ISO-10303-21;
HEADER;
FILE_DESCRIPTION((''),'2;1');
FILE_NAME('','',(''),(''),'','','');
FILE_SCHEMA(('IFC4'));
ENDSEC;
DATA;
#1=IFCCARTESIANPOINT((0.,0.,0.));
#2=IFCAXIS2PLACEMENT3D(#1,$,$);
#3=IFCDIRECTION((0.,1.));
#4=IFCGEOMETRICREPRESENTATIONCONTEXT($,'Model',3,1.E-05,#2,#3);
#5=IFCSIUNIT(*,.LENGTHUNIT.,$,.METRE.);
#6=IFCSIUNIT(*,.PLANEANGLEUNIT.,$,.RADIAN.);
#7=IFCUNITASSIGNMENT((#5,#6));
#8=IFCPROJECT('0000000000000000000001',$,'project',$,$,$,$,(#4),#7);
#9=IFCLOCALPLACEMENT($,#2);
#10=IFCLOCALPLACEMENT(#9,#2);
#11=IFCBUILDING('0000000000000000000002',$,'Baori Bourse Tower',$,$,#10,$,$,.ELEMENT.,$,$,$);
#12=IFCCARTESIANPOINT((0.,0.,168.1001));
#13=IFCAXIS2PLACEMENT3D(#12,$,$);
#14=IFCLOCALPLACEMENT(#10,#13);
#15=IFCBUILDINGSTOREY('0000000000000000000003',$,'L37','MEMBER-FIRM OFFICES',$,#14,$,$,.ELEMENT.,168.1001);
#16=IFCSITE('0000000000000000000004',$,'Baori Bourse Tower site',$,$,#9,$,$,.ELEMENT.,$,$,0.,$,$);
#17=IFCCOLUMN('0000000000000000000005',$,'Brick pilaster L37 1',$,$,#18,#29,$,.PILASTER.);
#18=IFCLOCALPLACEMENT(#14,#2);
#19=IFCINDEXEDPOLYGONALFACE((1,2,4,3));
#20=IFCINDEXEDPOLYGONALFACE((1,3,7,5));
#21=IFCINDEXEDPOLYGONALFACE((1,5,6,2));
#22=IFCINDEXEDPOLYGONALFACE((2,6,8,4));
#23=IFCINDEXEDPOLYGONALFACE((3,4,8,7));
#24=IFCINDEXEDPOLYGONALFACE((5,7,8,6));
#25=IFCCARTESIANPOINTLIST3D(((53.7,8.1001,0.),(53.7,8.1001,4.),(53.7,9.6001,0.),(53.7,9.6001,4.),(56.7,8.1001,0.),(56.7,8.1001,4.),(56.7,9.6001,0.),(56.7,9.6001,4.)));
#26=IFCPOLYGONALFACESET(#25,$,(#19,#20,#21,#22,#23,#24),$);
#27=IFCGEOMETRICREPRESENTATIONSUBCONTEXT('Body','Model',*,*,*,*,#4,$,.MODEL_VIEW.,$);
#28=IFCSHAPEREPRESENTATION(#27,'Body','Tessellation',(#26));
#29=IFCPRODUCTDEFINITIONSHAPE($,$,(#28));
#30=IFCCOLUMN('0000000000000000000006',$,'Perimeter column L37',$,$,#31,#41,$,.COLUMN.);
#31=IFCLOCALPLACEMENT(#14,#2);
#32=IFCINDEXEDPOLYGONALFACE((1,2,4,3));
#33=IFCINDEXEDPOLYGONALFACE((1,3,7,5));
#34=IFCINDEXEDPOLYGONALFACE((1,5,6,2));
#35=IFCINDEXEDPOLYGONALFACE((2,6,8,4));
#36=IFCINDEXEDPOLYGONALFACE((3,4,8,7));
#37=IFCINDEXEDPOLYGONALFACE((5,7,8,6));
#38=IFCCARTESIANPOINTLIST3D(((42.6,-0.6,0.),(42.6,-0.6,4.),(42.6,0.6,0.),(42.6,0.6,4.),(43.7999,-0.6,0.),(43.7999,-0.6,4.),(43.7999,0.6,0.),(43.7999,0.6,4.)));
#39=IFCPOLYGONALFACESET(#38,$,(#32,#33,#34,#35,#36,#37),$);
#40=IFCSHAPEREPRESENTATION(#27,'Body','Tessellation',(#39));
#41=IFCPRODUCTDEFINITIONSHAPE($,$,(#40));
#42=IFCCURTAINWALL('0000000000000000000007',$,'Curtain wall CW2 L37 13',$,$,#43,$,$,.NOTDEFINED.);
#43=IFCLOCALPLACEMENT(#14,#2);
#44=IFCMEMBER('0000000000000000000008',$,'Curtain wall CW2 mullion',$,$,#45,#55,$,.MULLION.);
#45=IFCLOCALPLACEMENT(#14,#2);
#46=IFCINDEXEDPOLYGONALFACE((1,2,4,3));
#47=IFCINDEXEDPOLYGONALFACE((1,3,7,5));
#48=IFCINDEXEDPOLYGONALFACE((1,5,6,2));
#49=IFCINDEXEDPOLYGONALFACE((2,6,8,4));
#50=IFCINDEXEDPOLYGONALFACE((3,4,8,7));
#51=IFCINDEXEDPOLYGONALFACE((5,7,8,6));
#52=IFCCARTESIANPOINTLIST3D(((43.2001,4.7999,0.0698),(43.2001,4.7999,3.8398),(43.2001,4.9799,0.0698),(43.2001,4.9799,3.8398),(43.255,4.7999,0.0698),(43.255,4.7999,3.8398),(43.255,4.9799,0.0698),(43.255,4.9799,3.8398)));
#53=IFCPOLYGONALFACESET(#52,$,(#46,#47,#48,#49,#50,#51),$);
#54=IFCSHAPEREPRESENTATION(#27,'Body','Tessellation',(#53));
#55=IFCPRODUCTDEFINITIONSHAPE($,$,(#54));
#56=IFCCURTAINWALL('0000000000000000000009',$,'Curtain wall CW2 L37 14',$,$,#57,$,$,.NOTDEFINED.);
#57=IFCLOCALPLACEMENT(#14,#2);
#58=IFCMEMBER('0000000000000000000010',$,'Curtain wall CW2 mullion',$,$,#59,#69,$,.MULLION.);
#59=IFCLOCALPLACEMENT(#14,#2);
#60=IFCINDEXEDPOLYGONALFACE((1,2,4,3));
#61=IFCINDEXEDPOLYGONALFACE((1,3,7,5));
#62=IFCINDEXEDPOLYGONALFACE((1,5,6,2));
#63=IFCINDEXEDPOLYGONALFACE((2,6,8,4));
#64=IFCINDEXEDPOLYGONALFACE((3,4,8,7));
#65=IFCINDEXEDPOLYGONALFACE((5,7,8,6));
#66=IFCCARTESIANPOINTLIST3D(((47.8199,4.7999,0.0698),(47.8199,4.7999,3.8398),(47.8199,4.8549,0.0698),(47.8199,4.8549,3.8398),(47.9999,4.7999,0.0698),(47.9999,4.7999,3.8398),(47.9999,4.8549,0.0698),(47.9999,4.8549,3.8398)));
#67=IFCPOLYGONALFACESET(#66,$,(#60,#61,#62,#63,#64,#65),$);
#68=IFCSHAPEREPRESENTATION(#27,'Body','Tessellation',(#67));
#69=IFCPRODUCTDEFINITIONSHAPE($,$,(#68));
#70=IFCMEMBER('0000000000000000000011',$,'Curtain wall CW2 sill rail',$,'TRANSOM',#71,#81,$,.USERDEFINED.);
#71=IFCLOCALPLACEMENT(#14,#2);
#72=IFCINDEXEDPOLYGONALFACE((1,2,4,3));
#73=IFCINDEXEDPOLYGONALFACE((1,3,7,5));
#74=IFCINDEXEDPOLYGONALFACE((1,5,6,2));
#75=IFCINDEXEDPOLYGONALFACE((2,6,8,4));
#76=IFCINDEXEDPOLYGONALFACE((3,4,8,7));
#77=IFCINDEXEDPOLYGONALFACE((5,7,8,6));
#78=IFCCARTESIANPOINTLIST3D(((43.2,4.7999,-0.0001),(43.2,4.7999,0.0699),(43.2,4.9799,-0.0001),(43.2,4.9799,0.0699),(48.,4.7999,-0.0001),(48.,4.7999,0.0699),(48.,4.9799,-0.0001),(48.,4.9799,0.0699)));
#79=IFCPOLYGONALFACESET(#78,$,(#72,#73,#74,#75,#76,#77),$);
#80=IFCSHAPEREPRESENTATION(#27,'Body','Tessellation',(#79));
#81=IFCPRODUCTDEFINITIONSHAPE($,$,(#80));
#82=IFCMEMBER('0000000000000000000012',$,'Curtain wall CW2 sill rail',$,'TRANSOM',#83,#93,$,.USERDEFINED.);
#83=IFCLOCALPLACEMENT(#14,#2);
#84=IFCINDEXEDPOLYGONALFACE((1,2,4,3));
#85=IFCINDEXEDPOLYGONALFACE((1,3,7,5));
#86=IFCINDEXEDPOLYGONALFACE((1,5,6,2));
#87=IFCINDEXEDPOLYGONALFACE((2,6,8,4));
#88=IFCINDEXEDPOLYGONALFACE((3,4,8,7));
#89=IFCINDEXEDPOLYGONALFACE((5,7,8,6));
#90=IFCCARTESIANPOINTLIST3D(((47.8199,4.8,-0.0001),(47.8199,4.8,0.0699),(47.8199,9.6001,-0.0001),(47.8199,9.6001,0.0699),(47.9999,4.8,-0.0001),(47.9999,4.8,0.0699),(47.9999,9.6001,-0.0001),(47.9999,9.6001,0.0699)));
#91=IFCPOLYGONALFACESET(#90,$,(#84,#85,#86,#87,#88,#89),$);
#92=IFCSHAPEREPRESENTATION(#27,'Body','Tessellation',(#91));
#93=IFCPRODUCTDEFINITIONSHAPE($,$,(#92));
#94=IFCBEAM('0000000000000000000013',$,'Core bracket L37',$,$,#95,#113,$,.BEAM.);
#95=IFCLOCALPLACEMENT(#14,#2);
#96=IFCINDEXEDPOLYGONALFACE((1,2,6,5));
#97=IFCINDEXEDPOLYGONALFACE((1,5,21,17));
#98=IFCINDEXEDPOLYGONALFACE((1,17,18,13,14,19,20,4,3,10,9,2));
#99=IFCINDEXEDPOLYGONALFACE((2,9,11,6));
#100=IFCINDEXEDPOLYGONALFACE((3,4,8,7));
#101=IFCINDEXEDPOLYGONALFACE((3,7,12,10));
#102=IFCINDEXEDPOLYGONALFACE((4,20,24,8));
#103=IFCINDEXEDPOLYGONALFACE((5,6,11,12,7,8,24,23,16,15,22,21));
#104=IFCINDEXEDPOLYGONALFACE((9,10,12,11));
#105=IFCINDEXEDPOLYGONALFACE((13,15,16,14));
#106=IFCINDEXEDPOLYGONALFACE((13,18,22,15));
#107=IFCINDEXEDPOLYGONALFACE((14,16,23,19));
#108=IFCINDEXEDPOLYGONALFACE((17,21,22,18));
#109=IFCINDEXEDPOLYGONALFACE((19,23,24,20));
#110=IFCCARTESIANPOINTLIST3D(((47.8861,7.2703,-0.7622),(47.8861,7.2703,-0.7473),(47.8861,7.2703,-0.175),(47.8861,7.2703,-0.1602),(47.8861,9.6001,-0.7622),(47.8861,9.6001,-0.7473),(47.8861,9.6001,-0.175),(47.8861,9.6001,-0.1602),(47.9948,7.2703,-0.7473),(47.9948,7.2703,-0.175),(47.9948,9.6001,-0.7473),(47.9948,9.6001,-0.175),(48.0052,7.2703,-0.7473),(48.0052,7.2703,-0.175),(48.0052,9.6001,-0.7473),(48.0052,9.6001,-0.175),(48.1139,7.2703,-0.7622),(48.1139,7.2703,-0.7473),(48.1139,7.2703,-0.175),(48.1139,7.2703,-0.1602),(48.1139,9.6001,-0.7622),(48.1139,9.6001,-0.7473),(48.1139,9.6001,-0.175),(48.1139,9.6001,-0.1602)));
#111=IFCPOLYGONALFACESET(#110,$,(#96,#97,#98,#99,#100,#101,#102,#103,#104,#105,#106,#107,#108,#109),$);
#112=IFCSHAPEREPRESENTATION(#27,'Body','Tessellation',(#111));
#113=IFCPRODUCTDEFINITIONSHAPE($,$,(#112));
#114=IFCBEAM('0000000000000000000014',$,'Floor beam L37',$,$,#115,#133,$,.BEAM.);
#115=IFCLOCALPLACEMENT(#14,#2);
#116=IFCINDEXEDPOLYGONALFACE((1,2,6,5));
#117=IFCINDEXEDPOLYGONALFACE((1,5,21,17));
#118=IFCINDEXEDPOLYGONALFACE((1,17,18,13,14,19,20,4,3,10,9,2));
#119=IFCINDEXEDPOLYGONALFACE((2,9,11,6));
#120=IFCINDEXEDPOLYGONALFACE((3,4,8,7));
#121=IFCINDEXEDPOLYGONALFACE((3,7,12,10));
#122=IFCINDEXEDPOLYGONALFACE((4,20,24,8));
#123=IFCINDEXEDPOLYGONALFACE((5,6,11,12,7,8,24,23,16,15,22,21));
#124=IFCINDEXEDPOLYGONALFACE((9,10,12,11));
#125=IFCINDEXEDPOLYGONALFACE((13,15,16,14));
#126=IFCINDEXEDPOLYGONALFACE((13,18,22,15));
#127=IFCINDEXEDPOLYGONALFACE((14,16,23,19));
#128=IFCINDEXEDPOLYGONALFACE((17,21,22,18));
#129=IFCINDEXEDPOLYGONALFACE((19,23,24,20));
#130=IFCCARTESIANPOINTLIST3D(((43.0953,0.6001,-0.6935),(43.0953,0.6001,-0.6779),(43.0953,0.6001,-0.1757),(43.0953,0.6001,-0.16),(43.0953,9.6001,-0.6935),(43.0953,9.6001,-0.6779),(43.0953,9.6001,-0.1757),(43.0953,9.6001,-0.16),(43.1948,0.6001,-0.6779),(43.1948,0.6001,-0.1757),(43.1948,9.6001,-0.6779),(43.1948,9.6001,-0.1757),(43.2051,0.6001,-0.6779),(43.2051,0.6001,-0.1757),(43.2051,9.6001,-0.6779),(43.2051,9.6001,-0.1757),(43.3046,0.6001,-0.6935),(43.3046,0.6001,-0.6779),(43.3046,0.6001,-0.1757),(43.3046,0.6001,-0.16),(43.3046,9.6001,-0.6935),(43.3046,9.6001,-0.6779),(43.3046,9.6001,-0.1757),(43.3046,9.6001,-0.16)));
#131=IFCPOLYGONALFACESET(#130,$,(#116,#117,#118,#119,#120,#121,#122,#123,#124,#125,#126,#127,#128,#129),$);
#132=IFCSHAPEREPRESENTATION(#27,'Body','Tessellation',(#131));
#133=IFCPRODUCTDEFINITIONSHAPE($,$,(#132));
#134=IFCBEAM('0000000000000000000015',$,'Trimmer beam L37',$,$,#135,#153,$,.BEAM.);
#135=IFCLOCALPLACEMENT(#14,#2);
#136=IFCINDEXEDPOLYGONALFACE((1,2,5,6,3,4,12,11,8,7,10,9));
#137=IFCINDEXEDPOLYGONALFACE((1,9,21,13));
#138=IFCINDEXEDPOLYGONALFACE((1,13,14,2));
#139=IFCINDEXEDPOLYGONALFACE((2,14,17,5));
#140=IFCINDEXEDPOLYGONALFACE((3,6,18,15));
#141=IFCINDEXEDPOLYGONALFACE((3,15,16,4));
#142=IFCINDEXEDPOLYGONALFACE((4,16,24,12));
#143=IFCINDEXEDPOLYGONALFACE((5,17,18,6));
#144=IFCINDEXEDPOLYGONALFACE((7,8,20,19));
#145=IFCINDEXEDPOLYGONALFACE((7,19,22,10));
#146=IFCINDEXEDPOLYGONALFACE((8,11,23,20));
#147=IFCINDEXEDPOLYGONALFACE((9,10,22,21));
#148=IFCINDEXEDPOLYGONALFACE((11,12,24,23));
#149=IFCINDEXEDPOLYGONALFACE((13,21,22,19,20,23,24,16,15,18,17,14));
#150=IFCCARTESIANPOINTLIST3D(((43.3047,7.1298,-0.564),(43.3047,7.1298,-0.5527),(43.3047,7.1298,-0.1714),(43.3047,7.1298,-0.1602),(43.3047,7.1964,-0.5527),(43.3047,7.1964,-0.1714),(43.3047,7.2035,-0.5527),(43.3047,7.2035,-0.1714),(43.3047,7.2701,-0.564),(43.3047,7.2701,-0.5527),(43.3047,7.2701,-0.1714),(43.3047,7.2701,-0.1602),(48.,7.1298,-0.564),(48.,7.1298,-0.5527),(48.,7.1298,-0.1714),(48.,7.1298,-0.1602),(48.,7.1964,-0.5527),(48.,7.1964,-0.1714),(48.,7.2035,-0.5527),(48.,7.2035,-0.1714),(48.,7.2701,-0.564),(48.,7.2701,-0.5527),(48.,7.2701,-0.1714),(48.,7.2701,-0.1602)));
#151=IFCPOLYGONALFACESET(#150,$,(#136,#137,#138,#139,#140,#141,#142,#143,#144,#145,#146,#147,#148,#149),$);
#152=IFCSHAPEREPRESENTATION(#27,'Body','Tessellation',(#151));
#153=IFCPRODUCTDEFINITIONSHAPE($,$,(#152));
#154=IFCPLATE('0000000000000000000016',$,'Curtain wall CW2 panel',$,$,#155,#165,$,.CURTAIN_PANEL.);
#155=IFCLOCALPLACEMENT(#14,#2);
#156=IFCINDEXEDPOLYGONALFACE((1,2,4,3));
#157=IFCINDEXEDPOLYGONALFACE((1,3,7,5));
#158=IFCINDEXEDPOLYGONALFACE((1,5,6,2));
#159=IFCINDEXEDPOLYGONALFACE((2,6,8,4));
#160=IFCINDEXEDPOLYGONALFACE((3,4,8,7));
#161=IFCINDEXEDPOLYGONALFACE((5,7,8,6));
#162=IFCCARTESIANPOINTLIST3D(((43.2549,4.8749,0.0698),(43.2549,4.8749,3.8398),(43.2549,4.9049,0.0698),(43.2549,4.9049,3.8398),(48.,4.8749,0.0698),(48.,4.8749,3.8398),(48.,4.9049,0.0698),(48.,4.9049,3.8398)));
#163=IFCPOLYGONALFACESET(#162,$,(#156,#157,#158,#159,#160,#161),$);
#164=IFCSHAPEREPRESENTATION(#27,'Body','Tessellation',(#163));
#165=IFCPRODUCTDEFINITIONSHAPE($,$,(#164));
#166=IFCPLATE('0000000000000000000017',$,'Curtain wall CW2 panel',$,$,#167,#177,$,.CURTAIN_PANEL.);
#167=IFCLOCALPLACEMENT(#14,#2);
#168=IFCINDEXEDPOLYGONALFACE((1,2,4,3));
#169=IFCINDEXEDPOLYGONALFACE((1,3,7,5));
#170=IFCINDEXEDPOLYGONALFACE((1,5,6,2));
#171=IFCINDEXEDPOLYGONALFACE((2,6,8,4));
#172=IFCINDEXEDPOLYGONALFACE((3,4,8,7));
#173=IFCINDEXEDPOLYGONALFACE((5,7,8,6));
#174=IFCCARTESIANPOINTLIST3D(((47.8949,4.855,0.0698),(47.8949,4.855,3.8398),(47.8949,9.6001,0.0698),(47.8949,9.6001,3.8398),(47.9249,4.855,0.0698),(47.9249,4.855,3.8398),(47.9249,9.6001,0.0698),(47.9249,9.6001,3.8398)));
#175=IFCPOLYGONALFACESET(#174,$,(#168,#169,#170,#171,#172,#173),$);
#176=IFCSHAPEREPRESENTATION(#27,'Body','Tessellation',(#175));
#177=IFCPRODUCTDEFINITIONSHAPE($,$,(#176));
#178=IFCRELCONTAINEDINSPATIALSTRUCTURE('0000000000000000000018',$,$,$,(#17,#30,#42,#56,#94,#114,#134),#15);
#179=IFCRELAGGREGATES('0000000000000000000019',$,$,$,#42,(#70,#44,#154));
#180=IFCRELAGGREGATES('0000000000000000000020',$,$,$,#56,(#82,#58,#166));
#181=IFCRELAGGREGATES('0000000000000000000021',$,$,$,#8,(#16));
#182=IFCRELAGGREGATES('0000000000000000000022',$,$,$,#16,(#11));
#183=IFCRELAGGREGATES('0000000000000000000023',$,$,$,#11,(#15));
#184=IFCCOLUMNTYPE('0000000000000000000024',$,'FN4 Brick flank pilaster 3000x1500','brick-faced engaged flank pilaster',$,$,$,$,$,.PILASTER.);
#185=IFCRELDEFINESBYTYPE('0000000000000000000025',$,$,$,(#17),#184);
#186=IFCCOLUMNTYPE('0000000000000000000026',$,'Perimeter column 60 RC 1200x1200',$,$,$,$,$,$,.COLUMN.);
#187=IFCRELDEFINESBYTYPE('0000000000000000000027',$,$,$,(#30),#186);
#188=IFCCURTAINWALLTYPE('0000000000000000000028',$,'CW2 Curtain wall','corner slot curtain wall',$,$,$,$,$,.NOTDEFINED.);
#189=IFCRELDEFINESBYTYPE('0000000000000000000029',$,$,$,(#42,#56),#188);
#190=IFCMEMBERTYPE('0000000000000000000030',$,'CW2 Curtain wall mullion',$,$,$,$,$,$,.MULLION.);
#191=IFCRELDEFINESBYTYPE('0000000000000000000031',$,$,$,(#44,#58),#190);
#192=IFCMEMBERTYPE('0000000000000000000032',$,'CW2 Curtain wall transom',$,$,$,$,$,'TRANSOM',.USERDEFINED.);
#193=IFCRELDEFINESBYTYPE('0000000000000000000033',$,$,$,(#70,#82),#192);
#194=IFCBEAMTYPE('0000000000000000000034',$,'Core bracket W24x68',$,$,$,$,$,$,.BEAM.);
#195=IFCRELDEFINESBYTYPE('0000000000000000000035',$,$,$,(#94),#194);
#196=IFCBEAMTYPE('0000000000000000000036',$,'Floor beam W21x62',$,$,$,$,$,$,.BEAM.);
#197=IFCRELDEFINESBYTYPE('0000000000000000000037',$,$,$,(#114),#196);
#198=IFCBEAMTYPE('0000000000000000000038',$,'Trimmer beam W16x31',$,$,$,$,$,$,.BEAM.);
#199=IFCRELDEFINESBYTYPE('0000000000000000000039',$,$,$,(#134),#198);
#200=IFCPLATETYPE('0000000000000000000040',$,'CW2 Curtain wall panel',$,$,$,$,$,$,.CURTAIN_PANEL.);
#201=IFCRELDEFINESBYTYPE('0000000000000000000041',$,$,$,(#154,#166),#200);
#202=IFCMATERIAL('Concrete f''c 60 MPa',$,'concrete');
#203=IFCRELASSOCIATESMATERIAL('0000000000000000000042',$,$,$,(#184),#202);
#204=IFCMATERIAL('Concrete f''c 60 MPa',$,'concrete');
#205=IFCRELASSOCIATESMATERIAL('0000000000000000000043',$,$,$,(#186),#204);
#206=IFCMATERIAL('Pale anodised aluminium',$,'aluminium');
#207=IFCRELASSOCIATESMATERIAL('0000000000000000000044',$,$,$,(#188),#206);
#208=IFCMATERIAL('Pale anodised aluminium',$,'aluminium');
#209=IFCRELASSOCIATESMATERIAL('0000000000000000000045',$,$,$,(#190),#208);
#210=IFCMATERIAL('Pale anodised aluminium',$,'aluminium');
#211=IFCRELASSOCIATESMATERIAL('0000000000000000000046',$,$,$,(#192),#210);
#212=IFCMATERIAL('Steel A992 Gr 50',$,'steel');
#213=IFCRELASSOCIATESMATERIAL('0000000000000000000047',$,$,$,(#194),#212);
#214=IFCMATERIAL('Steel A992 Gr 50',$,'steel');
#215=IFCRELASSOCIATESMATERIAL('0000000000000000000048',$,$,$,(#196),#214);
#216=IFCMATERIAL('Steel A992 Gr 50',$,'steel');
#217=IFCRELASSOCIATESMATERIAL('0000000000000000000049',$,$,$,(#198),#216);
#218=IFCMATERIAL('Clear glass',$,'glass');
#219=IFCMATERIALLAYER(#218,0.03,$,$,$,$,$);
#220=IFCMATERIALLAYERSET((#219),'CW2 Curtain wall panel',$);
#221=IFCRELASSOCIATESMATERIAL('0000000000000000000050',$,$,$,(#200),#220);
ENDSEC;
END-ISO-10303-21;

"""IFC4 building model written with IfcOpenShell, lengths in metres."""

from ifc_helpers import new_model, si_unit, direction, frame, origin, origin_2d, place, context, subcontext, project, spatial, rectangle, i_section, extrude, material, layer, layer_set, material_profile, profile_set, type_object, element, aggregate, save


model = new_model("IFC4")

# Units and contexts
model_context = context("Model", 3, precision=1e-05, world=origin(), true_north=direction((0.0, 1.0)))
body_context = subcontext(model_context, "Body", "Model", "MODEL_VIEW")
ifc_project = project(units=[si_unit("LENGTHUNIT", "METRE"), si_unit("PLANEANGLEUNIT", "RADIAN")], contexts=[model_context])

# Site, building, storey
site_placement = place(None, origin())
site = spatial("IfcSite", under=ifc_project, at=site_placement, Name="Baori Bourse Tower site", CompositionType="ELEMENT", RefElevation=0.0)
building_placement = place(site_placement, origin())
building = spatial("IfcBuilding", under=site, at=building_placement, Name="Baori Bourse Tower", CompositionType="ELEMENT")
storey_placement = place(building_placement, frame((0.0, 0.0, 168.1001)))
storey = spatial("IfcBuildingStorey", under=building, at=storey_placement, Name="L37", Description="MEMBER-FIRM OFFICES", CompositionType="ELEMENT", Elevation=168.1001)

# Columns
ifc_material_1 = material(Name="Concrete f'c 60 MPa", Category="concrete")
ifc_material_profile_1 = material_profile(ifc_material_1, rectangle(XDim=3.0, YDim=1.5, at=origin_2d()), Name="RC 3000x1500")
ifc_profile_set_1 = profile_set([ifc_material_profile_1], Name="Concrete f'c 60 MPa")
column_type_1 = type_object("IfcColumnType", Name="FN4 Brick flank pilaster 3000x1500", Description="brick-faced engaged flank pilaster", PredefinedType="PILASTER", material=ifc_profile_set_1)
column_1_placement = place(storey_placement, frame((55.2, 8.8501, 0.0), z_axis=(0.0, 0.0, 1.0), x_axis=(1.0, 0.0, 0.0)))
element("IfcColumn", 1, at=column_1_placement, inside=storey, type_object=column_type_1, Name="Brick pilaster L37 1", PredefinedType="PILASTER", context=body_context, shape_type="SweptSolid", body=[
    extrude(rectangle(XDim=3.0, YDim=1.5, at=origin_2d()), origin(), (0.0, 0.0, 1.0), 4.0),
])
ifc_material_2 = material(Name="Concrete f'c 60 MPa", Category="concrete")
ifc_material_profile_2 = material_profile(ifc_material_2, rectangle(XDim=1.2, YDim=1.2, at=origin_2d()), Name="RC 1200x1200")
ifc_profile_set_2 = profile_set([ifc_material_profile_2], Name="Concrete f'c 60 MPa")
column_type_2 = type_object("IfcColumnType", Name="Perimeter column 60 RC 1200x1200", PredefinedType="COLUMN", material=ifc_profile_set_2)
column_2_placement = place(storey_placement, frame((43.2, 0.0, 0.0), z_axis=(0.0, 0.0, 1.0), x_axis=(1.0, 0.0, 0.0)))
element("IfcColumn", 2, at=column_2_placement, inside=storey, type_object=column_type_2, Name="Perimeter column L37", PredefinedType="COLUMN", context=body_context, shape_type="SweptSolid", body=[
    extrude(rectangle(XDim=1.2, YDim=1.2, at=origin_2d()), origin(), (0.0, 0.0, 1.0), 4.0),
])

# Curtain walls, members
ifc_material_3 = material(Name="Pale anodised aluminium", Category="aluminium")
curtain_wall_type = type_object("IfcCurtainWallType", Name="CW2 Curtain wall", Description="corner slot curtain wall", PredefinedType="NOTDEFINED", material=ifc_material_3)
curtain_wall_1_placement = place(storey_placement, origin())
curtain_wall_1 = element("IfcCurtainWall", 3, at=curtain_wall_1_placement, inside=storey, type_object=curtain_wall_type, Name="Curtain wall CW2 L37 13", PredefinedType="NOTDEFINED")
ifc_material_4 = material(Name="Pale anodised aluminium", Category="aluminium")
ifc_material_profile_3 = material_profile(ifc_material_4, rectangle(XDim=0.1799, YDim=0.0549, at=origin_2d()), Name="Mullion 55x180")
ifc_profile_set_3 = profile_set([ifc_material_profile_3], Name="Pale anodised aluminium")
member_type_1 = type_object("IfcMemberType", Name="CW2 Curtain wall mullion", PredefinedType="MULLION", material=ifc_profile_set_3)
member_1_placement = place(storey_placement, frame((43.2275, 4.8899, 0.0698), z_axis=(0.0, 0.0, 1.0), x_axis=(0.0, 1.0, 0.0)))
member_1 = element("IfcMember", 4, at=member_1_placement, type_object=member_type_1, Name="Curtain wall CW2 mullion", PredefinedType="MULLION", context=body_context, shape_type="SweptSolid", body=[
    extrude(rectangle(XDim=0.1799, YDim=0.0549, at=origin_2d()), origin(), (0.0, 0.0, 1.0), 3.77),
])
curtain_wall_2_placement = place(storey_placement, origin())
curtain_wall_2 = element("IfcCurtainWall", 5, at=curtain_wall_2_placement, inside=storey, type_object=curtain_wall_type, Name="Curtain wall CW2 L37 14", PredefinedType="NOTDEFINED")
member_2_placement = place(storey_placement, frame((47.9099, 4.8274, 0.0698), z_axis=(0.0, 0.0, 1.0), x_axis=(-1.0, 0.0, 0.0)))
member_2 = element("IfcMember", 6, at=member_2_placement, type_object=member_type_1, Name="Curtain wall CW2 mullion", PredefinedType="MULLION", context=body_context, shape_type="SweptSolid", body=[
    extrude(rectangle(XDim=0.1799, YDim=0.0549, at=origin_2d()), origin(), (0.0, 0.0, 1.0), 3.77),
])

# Members
ifc_material_5 = material(Name="Pale anodised aluminium", Category="aluminium")
ifc_material_profile_4 = material_profile(ifc_material_5, rectangle(XDim=0.1799, YDim=0.0701, at=origin_2d()), Name="Transom 70x180")
ifc_profile_set_4 = profile_set([ifc_material_profile_4], Name="Pale anodised aluminium")
member_type_2 = type_object("IfcMemberType", Name="CW2 Curtain wall transom", ElementType="TRANSOM", PredefinedType="USERDEFINED", material=ifc_profile_set_4)
member_3_placement = place(storey_placement, frame((43.2, 4.8899, 0.0349), z_axis=(1.0, 0.0, 0.0), x_axis=(0.0, 1.0, 0.0)))
member_3 = element("IfcMember", 7, at=member_3_placement, type_object=member_type_2, Name="Curtain wall CW2 sill rail", ObjectType="TRANSOM", PredefinedType="USERDEFINED", context=body_context, shape_type="SweptSolid", body=[
    extrude(rectangle(XDim=0.1799, YDim=0.0701, at=origin_2d()), origin(), (0.0, 0.0, 1.0), 4.8),
])
member_4_placement = place(storey_placement, frame((47.9099, 4.8, 0.0349), z_axis=(0.0, 1.0, 0.0), x_axis=(-1.0, 0.0, 0.0)))
member_4 = element("IfcMember", 8, at=member_4_placement, type_object=member_type_2, Name="Curtain wall CW2 sill rail", ObjectType="TRANSOM", PredefinedType="USERDEFINED", context=body_context, shape_type="SweptSolid", body=[
    extrude(rectangle(XDim=0.1799, YDim=0.0701, at=origin_2d()), origin(), (0.0, 0.0, 1.0), 4.8),
])

# Beams
ifc_material_6 = material(Name="Steel A992 Gr 50", Category="steel")
ifc_material_profile_5 = material_profile(ifc_material_6, i_section(OverallWidth=0.2278, OverallDepth=0.6021, WebThickness=0.0105, FlangeThickness=0.0149, at=origin_2d()), Name="W24x68")
ifc_profile_set_5 = profile_set([ifc_material_profile_5], Name="Steel A992 Gr 50")
beam_type_1 = type_object("IfcBeamType", Name="Core bracket W24x68", PredefinedType="BEAM", material=ifc_profile_set_5)
beam_1_placement = place(storey_placement, frame((48.0, 7.2703, -0.4612), z_axis=(0.0, 1.0, 0.0), x_axis=(-1.0, 0.0, 0.0)))
element("IfcBeam", 9, at=beam_1_placement, inside=storey, type_object=beam_type_1, Name="Core bracket L37", PredefinedType="BEAM", context=body_context, shape_type="SweptSolid", body=[
    extrude(i_section(OverallWidth=0.2278, OverallDepth=0.6021, WebThickness=0.0105, FlangeThickness=0.0149, at=origin_2d()), origin(), (0.0, 0.0, 1.0), 2.3298),
])
ifc_material_7 = material(Name="Steel A992 Gr 50", Category="steel")
ifc_material_profile_6 = material_profile(ifc_material_7, i_section(OverallWidth=0.2092, OverallDepth=0.5334, WebThickness=0.0103, FlangeThickness=0.0156, at=origin_2d()), Name="W21x62")
ifc_profile_set_6 = profile_set([ifc_material_profile_6], Name="Steel A992 Gr 50")
beam_type_2 = type_object("IfcBeamType", Name="Floor beam W21x62", PredefinedType="BEAM", material=ifc_profile_set_6)
beam_2_placement = place(storey_placement, frame((43.2, 0.6001, -0.4268), z_axis=(0.0, 1.0, 0.0), x_axis=(-1.0, 0.0, 0.0)))
element("IfcBeam", 10, at=beam_2_placement, inside=storey, type_object=beam_type_2, Name="Floor beam L37", PredefinedType="BEAM", context=body_context, shape_type="SweptSolid", body=[
    extrude(i_section(OverallWidth=0.2092, OverallDepth=0.5334, WebThickness=0.0103, FlangeThickness=0.0156, at=origin_2d()), origin(), (0.0, 0.0, 1.0), 9.0),
])
ifc_material_8 = material(Name="Steel A992 Gr 50", Category="steel")
ifc_material_profile_7 = material_profile(ifc_material_8, i_section(OverallWidth=0.1404, OverallDepth=0.4038, WebThickness=0.0071, FlangeThickness=0.0112, at=origin_2d()), Name="W16x31")
ifc_profile_set_7 = profile_set([ifc_material_profile_7], Name="Steel A992 Gr 50")
beam_type_3 = type_object("IfcBeamType", Name="Trimmer beam W16x31", PredefinedType="BEAM", material=ifc_profile_set_7)
beam_3_placement = place(storey_placement, frame((43.3047, 7.2, -0.3621), z_axis=(1.0, 0.0, 0.0), x_axis=(0.0, 1.0, 0.0)))
element("IfcBeam", 11, at=beam_3_placement, inside=storey, type_object=beam_type_3, Name="Trimmer beam L37", PredefinedType="BEAM", context=body_context, shape_type="SweptSolid", body=[
    extrude(i_section(OverallWidth=0.1404, OverallDepth=0.4038, WebThickness=0.0071, FlangeThickness=0.0112, at=origin_2d()), origin(), (0.0, 0.0, 1.0), 4.6953),
])

# Plates
ifc_material_9 = material(Name="Clear glass", Category="glass")
ifc_layer_1 = layer(ifc_material_9, 0.03)
ifc_layer_set_1 = layer_set([ifc_layer_1], Name="CW2 Curtain wall panel")
plate_type = type_object("IfcPlateType", Name="CW2 Curtain wall panel", PredefinedType="CURTAIN_PANEL", material=ifc_layer_set_1)
plate_1_placement = place(storey_placement, frame((45.6274, 4.8899, 0.0698), z_axis=(0.0, 0.0, 1.0), x_axis=(1.0, 0.0, 0.0)))
plate_1 = element("IfcPlate", 12, at=plate_1_placement, type_object=plate_type, Name="Curtain wall CW2 panel", PredefinedType="CURTAIN_PANEL", context=body_context, shape_type="SweptSolid", body=[
    extrude(rectangle(XDim=4.7451, YDim=0.03, at=origin_2d()), origin(), (0.0, 0.0, 1.0), 3.77),
])
aggregate(curtain_wall_1, [member_3, member_1, plate_1])
plate_2_placement = place(storey_placement, frame((47.9099, 7.2275, 0.0698), z_axis=(0.0, 0.0, 1.0), x_axis=(0.0, 1.0, 0.0)))
plate_2 = element("IfcPlate", 13, at=plate_2_placement, type_object=plate_type, Name="Curtain wall CW2 panel", PredefinedType="CURTAIN_PANEL", context=body_context, shape_type="SweptSolid", body=[
    extrude(rectangle(XDim=4.7451, YDim=0.03, at=origin_2d()), origin(), (0.0, 0.0, 1.0), 3.77),
])
aggregate(curtain_wall_2, [member_4, member_2, plate_2])

save(model, "model.ifc")
